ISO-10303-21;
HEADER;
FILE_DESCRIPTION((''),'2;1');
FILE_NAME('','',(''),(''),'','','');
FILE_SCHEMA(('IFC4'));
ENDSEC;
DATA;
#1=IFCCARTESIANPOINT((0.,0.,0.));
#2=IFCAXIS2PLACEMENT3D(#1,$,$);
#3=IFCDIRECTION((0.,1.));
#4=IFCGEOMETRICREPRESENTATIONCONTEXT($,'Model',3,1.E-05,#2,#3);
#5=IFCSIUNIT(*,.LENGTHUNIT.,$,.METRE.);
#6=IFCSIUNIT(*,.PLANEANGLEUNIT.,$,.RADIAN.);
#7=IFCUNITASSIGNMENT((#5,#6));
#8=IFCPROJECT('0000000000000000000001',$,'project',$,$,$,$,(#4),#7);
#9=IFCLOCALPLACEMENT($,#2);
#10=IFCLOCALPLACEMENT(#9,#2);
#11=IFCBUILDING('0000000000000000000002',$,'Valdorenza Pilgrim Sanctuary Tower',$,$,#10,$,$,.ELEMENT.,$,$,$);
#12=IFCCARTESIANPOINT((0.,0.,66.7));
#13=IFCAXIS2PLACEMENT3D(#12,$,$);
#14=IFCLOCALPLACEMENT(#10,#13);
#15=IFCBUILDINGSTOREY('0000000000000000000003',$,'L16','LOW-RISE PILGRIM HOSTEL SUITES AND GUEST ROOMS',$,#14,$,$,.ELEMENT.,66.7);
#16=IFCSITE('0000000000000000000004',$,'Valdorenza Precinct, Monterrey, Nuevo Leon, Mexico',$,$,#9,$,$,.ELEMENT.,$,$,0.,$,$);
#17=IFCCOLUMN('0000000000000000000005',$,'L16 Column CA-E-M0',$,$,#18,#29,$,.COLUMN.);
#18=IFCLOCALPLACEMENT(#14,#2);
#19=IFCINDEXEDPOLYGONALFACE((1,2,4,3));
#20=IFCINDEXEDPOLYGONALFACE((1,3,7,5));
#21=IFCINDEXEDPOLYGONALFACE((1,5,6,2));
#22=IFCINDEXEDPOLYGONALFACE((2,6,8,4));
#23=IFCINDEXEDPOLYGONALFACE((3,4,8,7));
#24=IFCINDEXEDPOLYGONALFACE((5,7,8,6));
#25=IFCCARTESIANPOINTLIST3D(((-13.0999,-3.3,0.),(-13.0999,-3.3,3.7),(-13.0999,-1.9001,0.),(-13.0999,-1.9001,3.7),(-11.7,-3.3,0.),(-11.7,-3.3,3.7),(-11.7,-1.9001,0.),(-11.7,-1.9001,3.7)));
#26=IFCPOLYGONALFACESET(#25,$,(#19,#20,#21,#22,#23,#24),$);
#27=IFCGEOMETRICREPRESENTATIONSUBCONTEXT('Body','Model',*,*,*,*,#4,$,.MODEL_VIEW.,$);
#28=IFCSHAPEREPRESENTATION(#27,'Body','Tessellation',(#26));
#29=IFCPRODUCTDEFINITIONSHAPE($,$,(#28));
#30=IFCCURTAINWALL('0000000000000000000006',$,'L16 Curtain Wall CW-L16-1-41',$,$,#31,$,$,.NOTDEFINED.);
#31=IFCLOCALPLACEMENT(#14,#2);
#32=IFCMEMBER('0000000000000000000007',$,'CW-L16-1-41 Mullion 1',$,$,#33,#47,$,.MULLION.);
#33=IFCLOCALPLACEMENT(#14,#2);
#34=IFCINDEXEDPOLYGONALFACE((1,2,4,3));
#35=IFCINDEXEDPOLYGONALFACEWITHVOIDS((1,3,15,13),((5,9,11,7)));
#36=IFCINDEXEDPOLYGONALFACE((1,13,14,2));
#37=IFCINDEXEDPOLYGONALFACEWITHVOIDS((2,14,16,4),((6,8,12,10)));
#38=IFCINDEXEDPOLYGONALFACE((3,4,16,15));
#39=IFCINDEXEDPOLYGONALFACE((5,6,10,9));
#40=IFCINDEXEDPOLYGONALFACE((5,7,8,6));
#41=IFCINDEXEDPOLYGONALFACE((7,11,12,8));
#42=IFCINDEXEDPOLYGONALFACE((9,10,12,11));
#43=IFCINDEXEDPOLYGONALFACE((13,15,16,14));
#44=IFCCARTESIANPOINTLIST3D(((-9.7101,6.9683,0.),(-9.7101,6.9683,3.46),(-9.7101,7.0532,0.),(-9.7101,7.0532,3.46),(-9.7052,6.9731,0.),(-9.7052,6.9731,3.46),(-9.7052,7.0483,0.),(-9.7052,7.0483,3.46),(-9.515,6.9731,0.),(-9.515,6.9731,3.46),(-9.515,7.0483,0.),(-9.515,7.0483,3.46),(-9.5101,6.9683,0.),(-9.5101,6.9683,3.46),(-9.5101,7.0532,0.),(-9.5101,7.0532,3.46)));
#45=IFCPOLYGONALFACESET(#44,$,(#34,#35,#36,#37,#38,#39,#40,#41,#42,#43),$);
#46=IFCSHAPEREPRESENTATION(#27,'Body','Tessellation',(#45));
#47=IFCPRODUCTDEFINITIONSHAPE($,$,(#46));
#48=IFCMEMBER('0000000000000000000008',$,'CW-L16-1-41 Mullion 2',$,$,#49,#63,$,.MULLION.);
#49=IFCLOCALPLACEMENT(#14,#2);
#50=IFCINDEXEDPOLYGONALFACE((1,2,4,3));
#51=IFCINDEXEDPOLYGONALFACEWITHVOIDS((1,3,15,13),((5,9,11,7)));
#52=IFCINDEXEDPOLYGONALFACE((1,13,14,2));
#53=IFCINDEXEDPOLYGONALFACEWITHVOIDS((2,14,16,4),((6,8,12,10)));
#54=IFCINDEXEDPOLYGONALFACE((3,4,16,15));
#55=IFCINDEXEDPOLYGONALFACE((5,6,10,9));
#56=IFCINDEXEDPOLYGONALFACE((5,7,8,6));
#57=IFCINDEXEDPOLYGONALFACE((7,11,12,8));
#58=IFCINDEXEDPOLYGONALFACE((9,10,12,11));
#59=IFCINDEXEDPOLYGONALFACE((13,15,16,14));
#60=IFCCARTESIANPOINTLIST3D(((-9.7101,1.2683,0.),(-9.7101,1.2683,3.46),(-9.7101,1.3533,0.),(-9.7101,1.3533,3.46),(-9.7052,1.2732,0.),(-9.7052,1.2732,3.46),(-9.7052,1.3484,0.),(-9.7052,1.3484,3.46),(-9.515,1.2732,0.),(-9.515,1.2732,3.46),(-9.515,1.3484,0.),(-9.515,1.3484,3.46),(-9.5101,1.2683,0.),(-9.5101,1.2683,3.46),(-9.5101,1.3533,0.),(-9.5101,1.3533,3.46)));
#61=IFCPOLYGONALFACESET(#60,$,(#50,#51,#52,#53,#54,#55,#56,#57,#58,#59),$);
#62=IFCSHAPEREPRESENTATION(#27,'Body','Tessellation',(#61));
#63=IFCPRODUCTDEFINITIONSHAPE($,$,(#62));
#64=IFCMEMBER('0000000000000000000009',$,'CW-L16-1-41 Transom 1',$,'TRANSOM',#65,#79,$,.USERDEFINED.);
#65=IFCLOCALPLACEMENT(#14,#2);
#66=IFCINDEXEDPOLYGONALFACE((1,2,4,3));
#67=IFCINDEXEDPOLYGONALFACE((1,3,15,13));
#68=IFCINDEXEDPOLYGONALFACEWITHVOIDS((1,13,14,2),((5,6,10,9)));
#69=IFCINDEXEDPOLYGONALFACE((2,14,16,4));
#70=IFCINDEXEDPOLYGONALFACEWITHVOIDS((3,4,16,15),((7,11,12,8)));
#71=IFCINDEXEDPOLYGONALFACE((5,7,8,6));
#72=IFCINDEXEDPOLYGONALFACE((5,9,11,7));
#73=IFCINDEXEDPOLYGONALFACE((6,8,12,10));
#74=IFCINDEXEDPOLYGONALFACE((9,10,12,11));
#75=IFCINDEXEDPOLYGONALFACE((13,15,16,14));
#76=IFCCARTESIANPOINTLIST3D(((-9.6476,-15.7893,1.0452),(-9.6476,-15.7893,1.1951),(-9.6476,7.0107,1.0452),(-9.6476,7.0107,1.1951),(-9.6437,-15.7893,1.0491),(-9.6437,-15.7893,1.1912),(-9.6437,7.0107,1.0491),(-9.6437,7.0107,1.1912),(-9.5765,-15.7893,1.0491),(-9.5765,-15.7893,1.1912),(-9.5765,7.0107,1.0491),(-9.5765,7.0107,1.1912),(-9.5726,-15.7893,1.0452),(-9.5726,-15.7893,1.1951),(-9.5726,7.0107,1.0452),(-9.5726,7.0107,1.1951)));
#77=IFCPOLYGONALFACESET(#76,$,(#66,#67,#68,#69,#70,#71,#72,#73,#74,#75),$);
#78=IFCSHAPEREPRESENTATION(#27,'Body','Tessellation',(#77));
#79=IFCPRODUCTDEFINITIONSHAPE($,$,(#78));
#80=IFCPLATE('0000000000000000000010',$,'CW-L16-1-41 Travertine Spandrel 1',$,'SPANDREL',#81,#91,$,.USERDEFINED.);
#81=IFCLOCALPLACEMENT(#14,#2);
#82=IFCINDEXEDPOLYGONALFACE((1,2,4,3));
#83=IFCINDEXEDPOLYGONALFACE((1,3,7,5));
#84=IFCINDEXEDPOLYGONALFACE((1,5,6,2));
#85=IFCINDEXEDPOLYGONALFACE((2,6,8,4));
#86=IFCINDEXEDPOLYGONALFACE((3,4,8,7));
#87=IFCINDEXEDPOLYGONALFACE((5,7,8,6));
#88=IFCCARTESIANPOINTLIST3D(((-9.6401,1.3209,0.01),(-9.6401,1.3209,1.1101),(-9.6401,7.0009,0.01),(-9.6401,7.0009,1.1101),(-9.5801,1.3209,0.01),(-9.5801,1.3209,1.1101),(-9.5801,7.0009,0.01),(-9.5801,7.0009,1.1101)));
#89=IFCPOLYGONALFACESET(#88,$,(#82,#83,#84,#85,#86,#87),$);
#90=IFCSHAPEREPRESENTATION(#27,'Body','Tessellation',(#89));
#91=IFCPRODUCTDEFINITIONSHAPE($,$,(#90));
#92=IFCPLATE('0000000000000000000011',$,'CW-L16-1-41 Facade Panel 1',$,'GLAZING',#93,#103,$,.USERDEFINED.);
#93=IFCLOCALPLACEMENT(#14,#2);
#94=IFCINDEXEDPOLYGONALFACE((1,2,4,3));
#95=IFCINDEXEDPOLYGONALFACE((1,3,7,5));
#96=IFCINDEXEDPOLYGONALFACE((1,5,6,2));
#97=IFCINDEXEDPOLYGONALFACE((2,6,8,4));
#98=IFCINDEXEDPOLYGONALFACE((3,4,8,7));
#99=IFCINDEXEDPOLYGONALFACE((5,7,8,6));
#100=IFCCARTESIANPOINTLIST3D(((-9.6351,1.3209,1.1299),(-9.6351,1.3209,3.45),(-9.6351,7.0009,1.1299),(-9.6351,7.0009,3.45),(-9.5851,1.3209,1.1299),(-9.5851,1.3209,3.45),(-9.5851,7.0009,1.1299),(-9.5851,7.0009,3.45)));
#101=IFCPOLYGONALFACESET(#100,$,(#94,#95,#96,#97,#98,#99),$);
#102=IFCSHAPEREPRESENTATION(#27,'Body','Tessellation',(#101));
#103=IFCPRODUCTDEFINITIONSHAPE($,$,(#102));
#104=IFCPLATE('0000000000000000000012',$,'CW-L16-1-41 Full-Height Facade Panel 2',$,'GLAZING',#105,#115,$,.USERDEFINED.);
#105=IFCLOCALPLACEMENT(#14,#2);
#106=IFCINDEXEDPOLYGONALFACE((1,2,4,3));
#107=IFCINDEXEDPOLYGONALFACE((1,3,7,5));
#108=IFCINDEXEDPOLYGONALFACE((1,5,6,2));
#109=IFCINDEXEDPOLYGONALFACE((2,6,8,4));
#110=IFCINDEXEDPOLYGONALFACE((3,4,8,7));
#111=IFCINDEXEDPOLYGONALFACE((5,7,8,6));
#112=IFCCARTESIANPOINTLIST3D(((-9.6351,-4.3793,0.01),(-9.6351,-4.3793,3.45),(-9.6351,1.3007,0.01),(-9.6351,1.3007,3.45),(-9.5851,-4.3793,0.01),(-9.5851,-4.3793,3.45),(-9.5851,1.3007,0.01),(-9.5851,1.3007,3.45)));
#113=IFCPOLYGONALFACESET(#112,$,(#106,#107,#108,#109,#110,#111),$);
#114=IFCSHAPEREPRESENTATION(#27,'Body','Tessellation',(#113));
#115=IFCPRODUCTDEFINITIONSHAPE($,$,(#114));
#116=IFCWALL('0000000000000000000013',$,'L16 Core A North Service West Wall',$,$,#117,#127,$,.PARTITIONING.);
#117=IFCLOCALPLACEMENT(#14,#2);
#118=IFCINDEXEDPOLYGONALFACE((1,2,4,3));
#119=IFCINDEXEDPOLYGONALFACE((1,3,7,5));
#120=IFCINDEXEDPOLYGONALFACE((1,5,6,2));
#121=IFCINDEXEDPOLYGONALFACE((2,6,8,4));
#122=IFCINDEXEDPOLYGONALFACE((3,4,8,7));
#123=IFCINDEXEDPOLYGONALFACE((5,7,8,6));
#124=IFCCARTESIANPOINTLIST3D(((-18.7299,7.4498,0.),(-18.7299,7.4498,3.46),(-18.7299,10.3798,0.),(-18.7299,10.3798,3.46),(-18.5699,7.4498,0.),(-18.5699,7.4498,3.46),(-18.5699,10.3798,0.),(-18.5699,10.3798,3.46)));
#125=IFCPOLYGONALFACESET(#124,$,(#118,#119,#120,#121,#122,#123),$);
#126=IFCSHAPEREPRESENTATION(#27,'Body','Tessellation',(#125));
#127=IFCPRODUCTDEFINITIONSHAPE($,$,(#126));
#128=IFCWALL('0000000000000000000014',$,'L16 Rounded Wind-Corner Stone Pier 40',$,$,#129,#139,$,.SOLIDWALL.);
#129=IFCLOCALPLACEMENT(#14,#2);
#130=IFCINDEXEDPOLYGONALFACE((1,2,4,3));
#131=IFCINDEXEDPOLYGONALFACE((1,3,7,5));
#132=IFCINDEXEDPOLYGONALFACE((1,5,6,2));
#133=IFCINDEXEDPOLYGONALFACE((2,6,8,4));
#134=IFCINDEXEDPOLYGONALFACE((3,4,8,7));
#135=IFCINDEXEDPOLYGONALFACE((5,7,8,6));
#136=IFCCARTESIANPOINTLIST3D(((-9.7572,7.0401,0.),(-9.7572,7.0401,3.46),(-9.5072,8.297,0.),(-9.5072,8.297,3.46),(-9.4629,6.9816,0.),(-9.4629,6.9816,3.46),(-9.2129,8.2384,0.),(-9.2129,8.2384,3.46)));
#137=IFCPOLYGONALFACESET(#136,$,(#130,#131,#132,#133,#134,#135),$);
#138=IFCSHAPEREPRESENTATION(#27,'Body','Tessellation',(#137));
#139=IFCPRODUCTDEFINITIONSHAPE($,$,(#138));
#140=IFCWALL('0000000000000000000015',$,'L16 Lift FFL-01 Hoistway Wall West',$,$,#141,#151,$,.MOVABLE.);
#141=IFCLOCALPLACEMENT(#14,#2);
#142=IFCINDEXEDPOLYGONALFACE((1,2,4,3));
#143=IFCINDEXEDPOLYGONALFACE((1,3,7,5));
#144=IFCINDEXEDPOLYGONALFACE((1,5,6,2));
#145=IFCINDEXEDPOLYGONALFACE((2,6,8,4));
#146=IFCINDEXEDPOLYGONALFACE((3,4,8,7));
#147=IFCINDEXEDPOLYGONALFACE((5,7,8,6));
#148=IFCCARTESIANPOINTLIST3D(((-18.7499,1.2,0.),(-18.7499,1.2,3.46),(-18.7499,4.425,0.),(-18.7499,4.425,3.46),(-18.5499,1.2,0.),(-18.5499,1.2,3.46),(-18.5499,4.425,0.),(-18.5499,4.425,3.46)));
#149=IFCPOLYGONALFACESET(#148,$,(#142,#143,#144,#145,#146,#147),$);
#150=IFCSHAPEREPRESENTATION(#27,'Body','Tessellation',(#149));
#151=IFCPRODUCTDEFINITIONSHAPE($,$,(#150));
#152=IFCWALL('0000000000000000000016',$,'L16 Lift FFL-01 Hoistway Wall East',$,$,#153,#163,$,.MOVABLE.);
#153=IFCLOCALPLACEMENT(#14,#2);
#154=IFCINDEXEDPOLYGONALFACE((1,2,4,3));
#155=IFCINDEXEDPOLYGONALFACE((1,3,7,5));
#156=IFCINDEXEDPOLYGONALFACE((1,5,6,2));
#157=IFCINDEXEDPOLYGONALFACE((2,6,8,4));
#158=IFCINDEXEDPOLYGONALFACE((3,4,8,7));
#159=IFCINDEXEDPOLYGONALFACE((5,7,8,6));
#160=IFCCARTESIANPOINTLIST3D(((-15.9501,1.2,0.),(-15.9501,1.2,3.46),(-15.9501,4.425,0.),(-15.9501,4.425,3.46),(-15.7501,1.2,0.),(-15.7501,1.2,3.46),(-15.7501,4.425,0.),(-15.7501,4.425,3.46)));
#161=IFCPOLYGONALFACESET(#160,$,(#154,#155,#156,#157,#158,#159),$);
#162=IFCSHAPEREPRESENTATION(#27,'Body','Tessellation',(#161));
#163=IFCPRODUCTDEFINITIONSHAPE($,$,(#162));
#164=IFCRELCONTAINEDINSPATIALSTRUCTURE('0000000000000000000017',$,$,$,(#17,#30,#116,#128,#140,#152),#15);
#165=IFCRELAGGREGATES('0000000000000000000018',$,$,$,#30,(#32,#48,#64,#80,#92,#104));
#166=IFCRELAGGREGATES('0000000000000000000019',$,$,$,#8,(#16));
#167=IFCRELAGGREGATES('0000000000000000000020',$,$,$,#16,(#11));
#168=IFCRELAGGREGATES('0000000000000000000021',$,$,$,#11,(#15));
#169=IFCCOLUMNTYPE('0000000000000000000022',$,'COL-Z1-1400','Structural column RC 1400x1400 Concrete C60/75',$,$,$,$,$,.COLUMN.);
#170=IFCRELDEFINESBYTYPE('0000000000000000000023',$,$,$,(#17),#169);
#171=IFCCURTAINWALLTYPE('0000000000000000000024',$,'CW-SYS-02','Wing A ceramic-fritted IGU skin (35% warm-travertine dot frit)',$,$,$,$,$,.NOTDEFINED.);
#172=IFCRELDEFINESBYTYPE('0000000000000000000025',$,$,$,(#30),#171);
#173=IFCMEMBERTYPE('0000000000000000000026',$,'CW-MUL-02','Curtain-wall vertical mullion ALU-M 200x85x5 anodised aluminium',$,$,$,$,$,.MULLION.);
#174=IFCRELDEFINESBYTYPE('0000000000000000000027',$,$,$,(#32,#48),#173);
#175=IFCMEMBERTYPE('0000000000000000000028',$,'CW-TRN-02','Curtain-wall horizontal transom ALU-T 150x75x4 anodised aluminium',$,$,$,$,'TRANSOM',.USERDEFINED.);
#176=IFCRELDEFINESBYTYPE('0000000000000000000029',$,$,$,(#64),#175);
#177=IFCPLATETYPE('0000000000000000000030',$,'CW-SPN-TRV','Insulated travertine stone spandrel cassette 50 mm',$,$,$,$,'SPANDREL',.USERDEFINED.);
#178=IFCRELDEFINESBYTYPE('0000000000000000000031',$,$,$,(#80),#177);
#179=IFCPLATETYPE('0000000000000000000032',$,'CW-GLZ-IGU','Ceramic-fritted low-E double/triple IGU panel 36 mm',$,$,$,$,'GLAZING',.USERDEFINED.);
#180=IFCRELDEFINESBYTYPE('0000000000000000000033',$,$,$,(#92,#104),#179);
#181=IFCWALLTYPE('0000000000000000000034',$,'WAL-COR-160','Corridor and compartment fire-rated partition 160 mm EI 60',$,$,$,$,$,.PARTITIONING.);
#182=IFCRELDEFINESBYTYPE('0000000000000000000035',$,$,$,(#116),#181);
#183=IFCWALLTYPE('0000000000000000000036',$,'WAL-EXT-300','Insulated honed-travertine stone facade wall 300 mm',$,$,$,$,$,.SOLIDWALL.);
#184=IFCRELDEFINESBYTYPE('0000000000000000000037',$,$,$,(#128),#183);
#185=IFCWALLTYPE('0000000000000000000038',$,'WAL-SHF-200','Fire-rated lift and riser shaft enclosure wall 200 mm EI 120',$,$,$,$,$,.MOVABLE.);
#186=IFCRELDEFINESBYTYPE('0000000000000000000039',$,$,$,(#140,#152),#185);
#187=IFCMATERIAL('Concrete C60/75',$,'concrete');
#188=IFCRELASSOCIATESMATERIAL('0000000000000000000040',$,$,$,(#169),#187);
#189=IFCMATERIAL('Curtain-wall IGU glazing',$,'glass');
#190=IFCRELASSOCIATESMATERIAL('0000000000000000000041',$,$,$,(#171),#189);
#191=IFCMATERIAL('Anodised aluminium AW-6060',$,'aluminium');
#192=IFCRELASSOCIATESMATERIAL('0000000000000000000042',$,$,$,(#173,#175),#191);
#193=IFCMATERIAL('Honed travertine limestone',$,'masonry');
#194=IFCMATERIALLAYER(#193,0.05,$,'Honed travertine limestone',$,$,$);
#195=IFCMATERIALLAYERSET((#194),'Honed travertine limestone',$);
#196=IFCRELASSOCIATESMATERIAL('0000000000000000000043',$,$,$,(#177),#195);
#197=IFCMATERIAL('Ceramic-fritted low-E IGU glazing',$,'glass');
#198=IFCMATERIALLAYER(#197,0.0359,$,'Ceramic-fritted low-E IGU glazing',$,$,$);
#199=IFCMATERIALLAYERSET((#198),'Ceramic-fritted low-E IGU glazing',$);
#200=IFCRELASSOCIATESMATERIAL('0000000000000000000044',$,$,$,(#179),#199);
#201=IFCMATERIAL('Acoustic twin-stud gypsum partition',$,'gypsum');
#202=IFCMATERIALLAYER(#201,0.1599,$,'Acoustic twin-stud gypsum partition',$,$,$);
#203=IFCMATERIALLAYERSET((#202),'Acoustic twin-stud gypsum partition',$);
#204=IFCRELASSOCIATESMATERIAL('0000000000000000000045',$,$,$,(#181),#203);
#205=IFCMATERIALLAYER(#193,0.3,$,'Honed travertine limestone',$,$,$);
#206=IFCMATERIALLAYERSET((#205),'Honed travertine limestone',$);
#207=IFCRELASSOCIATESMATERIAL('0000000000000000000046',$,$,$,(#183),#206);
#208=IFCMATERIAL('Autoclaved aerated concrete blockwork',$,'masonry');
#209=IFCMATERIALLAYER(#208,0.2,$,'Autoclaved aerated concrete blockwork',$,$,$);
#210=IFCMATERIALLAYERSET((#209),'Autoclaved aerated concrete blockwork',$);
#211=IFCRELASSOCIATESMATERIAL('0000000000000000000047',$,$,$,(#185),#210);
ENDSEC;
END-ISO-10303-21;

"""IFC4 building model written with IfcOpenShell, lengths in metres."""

from ifc_helpers import new_model, si_unit, direction, frame, frame_2d, origin, origin_2d, place, context, subcontext, project, spatial, rectangle, hollow_rectangle, extrude, source, transform, mapped, material, layer, layer_set, material_profile, profile_set, type_object, element, aggregate, save


model = new_model("IFC4")

# Units and contexts
model_context = context("Model", 3, precision=1e-05, world=origin(), true_north=direction((0.0, 1.0)))
body_context = subcontext(model_context, "Body", "Model", "MODEL_VIEW")
ifc_project = project(units=[si_unit("LENGTHUNIT", "METRE"), si_unit("PLANEANGLEUNIT", "RADIAN")], contexts=[model_context])

# Site, building, storey
site_placement = place(None, origin())
site = spatial("IfcSite", under=ifc_project, at=site_placement, Name="Valdorenza Precinct, Monterrey, Nuevo Leon, Mexico", CompositionType="ELEMENT", RefElevation=0.0)
building_placement = place(site_placement, origin())
building = spatial("IfcBuilding", under=site, at=building_placement, Name="Valdorenza Pilgrim Sanctuary Tower", CompositionType="ELEMENT")
storey_placement = place(building_placement, frame((0.0, 0.0, 66.7)))
storey = spatial("IfcBuildingStorey", under=building, at=storey_placement, Name="L16", Description="LOW-RISE PILGRIM HOSTEL SUITES AND GUEST ROOMS", CompositionType="ELEMENT", Elevation=66.7)

# Column
ifc_material_1 = material(Name="Concrete C60/75", Category="concrete")
ifc_material_profile_1 = material_profile(ifc_material_1, rectangle(XDim=1.3999, YDim=1.3999, at=origin_2d()), Name="RC 1400x1400")
ifc_profile_set_1 = profile_set([ifc_material_profile_1], Name="Concrete C60/75")
column_type = type_object("IfcColumnType", Name="COL-Z1-1400", Description="Structural column RC 1400x1400 Concrete C60/75", PredefinedType="COLUMN", material=ifc_profile_set_1)
shared_shape_1 = source(origin(), body_context, "Body", "SweptSolid", [
    extrude(rectangle(XDim=1.3999, YDim=1.3999, at=origin_2d()), origin(), (0.0, 0.0, 1.0), 3.7),
])
column_placement = place(storey_placement, frame((-12.3999, -2.6001, 0.0), z_axis=(0.0, 0.0, 1.0), x_axis=(1.0, 0.0, 0.0)))
element("IfcColumn", 1, at=column_placement, inside=storey, type_object=column_type, Name="L16 Column CA-E-M0", PredefinedType="COLUMN", context=body_context, shape_type="MappedRepresentation", body=[
    mapped(shared_shape_1, transform((0.0, 0.0, 0.0), x_axis=(1.0, 0.0, 0.0), y_axis=(0.0, 1.0, 0.0), z_axis=(0.0, 0.0, 1.0), scale=1.0)),
])

# Curtain wall, members, plates
ifc_material_2 = material(Name="Curtain-wall IGU glazing", Category="glass")
curtain_wall_type = type_object("IfcCurtainWallType", Name="CW-SYS-02", Description="Wing A ceramic-fritted IGU skin (35% warm-travertine dot frit)", PredefinedType="NOTDEFINED", material=ifc_material_2)
curtain_wall_placement = place(storey_placement, origin())
curtain_wall = element("IfcCurtainWall", 2, at=curtain_wall_placement, inside=storey, type_object=curtain_wall_type, Name="L16 Curtain Wall CW-L16-1-41", PredefinedType="NOTDEFINED")
ifc_material_3 = material(Name="Anodised aluminium AW-6060", Category="aluminium")
ifc_material_profile_2 = material_profile(ifc_material_3, hollow_rectangle(XDim=0.085, YDim=0.2, WallThickness=0.0049, at=origin_2d()), Name="ALU-M 200x85x5")
ifc_profile_set_2 = profile_set([ifc_material_profile_2], Name="Anodised aluminium AW-6060")
member_type_1 = type_object("IfcMemberType", Name="CW-MUL-02", Description="Curtain-wall vertical mullion ALU-M 200x85x5 anodised aluminium", PredefinedType="MULLION", material=ifc_profile_set_2)
shared_shape_2 = source(origin(), body_context, "Body", "SweptSolid", [
    extrude(hollow_rectangle(XDim=0.085, YDim=0.2, WallThickness=0.0049, at=origin_2d()), origin(), (0.0, 0.0, 1.0), 3.46),
])
member_1_placement = place(storey_placement, frame((-9.6101, 7.0107, 0.0), z_axis=(0.0, 0.0, 1.0), x_axis=(0.0, -1.0, 0.0)))
member_1 = element("IfcMember", 3, at=member_1_placement, type_object=member_type_1, Name="CW-L16-1-41 Mullion 1", PredefinedType="MULLION", context=body_context, shape_type="MappedRepresentation", body=[
    mapped(shared_shape_2, transform((0.0, 0.0, 0.0), x_axis=(1.0, 0.0, 0.0), y_axis=(0.0, 1.0, 0.0), z_axis=(0.0, 0.0, 1.0), scale=1.0)),
])
member_2_placement = place(storey_placement, frame((-9.6101, 1.3108, 0.0), z_axis=(0.0, 0.0, 1.0), x_axis=(0.0, -1.0, 0.0)))
member_2 = element("IfcMember", 4, at=member_2_placement, type_object=member_type_1, Name="CW-L16-1-41 Mullion 2", PredefinedType="MULLION", context=body_context, shape_type="MappedRepresentation", body=[
    mapped(shared_shape_2, transform((0.0, 0.0, 0.0), x_axis=(1.0, 0.0, 0.0), y_axis=(0.0, 1.0, 0.0), z_axis=(0.0, 0.0, 1.0), scale=1.0)),
])
ifc_material_profile_3 = material_profile(ifc_material_3, hollow_rectangle(XDim=0.075, YDim=0.1499, WallThickness=0.0039, at=origin_2d()), Name="ALU-T 150x75x4")
ifc_profile_set_3 = profile_set([ifc_material_profile_3], Name="Anodised aluminium AW-6060")
member_type_2 = type_object("IfcMemberType", Name="CW-TRN-02", Description="Curtain-wall horizontal transom ALU-T 150x75x4 anodised aluminium", ElementType="TRANSOM", PredefinedType="USERDEFINED", material=ifc_profile_set_3)
shared_shape_3 = source(origin(), body_context, "Body", "SweptSolid", [
    extrude(hollow_rectangle(XDim=0.075, YDim=0.1499, WallThickness=0.0039, at=origin_2d()), origin(), (0.0, 0.0, 1.0), 22.8),
])
member_3_placement = place(storey_placement, frame((-9.6101, 7.0107, 1.1201), z_axis=(0.0, -1.0, 0.0), x_axis=(1.0, 0.0, 0.0)))
member_3 = element("IfcMember", 5, at=member_3_placement, type_object=member_type_2, Name="CW-L16-1-41 Transom 1", ObjectType="TRANSOM", PredefinedType="USERDEFINED", context=body_context, shape_type="MappedRepresentation", body=[
    mapped(shared_shape_3, transform((0.0, 0.0, 0.0), x_axis=(1.0, 0.0, 0.0), y_axis=(0.0, 1.0, 0.0), z_axis=(0.0, 0.0, 1.0), scale=1.0)),
])
ifc_material_4 = material(Name="Honed travertine limestone", Category="masonry")
ifc_layer_1 = layer(ifc_material_4, 0.05, Name="Honed travertine limestone")
ifc_layer_set_1 = layer_set([ifc_layer_1], Name="Honed travertine limestone")
plate_type_1 = type_object("IfcPlateType", Name="CW-SPN-TRV", Description="Insulated travertine stone spandrel cassette 50 mm", ElementType="SPANDREL", PredefinedType="USERDEFINED", material=ifc_layer_set_1)
shared_shape_4 = source(origin(), body_context, "Body", "SweptSolid", [
    extrude(rectangle(XDim=5.6799, YDim=0.0601, at=origin_2d()), origin(), (0.0, 0.0, 1.0), 1.1001),
])
plate_1_placement = place(storey_placement, frame((-9.6101, 4.1609, 0.01), z_axis=(0.0, 0.0, 1.0), x_axis=(0.0, -1.0, 0.0)))
plate_1 = element("IfcPlate", 6, at=plate_1_placement, type_object=plate_type_1, Name="CW-L16-1-41 Travertine Spandrel 1", ObjectType="SPANDREL", PredefinedType="USERDEFINED", context=body_context, shape_type="MappedRepresentation", body=[
    mapped(shared_shape_4, transform((0.0, 0.0, 0.0), x_axis=(1.0, 0.0, 0.0), y_axis=(0.0, 1.0, 0.0), z_axis=(0.0, 0.0, 1.0), scale=1.0)),
])
ifc_material_5 = material(Name="Ceramic-fritted low-E IGU glazing", Category="glass")
ifc_layer_2 = layer(ifc_material_5, 0.0359, Name="Ceramic-fritted low-E IGU glazing")
ifc_layer_set_2 = layer_set([ifc_layer_2], Name="Ceramic-fritted low-E IGU glazing")
plate_type_2 = type_object("IfcPlateType", Name="CW-GLZ-IGU", Description="Ceramic-fritted low-E double/triple IGU panel 36 mm", ElementType="GLAZING", PredefinedType="USERDEFINED", material=ifc_layer_set_2)
shared_shape_5 = source(origin(), body_context, "Body", "SweptSolid", [
    extrude(rectangle(XDim=5.6799, YDim=0.05, at=origin_2d()), origin(), (0.0, 0.0, 1.0), 2.3201),
])
plate_2_placement = place(storey_placement, frame((-9.6101, 4.1609, 1.1299), z_axis=(0.0, 0.0, 1.0), x_axis=(0.0, -1.0, 0.0)))
plate_2 = element("IfcPlate", 7, at=plate_2_placement, type_object=plate_type_2, Name="CW-L16-1-41 Facade Panel 1", ObjectType="GLAZING", PredefinedType="USERDEFINED", context=body_context, shape_type="MappedRepresentation", body=[
    mapped(shared_shape_5, transform((0.0, 0.0, 0.0), x_axis=(1.0, 0.0, 0.0), y_axis=(0.0, 1.0, 0.0), z_axis=(0.0, 0.0, 1.0), scale=1.0)),
])
shared_shape_6 = source(origin(), body_context, "Body", "SweptSolid", [
    extrude(rectangle(XDim=5.6799, YDim=0.05, at=origin_2d()), origin(), (0.0, 0.0, 1.0), 3.4399),
])
plate_3_placement = place(storey_placement, frame((-9.6101, -1.5393, 0.01), z_axis=(0.0, 0.0, 1.0), x_axis=(0.0, -1.0, 0.0)))
plate_3 = element("IfcPlate", 8, at=plate_3_placement, type_object=plate_type_2, Name="CW-L16-1-41 Full-Height Facade Panel 2", ObjectType="GLAZING", PredefinedType="USERDEFINED", context=body_context, shape_type="MappedRepresentation", body=[
    mapped(shared_shape_6, transform((0.0, 0.0, 0.0), x_axis=(1.0, 0.0, 0.0), y_axis=(0.0, 1.0, 0.0), z_axis=(0.0, 0.0, 1.0), scale=1.0)),
])
aggregate(curtain_wall, [member_1, member_2, member_3, plate_1, plate_2, plate_3])

# Walls
ifc_material_6 = material(Name="Acoustic twin-stud gypsum partition", Category="gypsum")
ifc_layer_3 = layer(ifc_material_6, 0.1599, Name="Acoustic twin-stud gypsum partition")
ifc_layer_set_3 = layer_set([ifc_layer_3], Name="Acoustic twin-stud gypsum partition")
wall_type_1 = type_object("IfcWallType", Name="WAL-COR-160", Description="Corridor and compartment fire-rated partition 160 mm EI 60", PredefinedType="PARTITIONING", material=ifc_layer_set_3)
wall_1_placement = place(storey_placement, frame((-18.6499, 7.45, 0.0), z_axis=(0.0, 0.0, 1.0), x_axis=(0.0, 1.0, 0.0)))
element("IfcWall", 9, at=wall_1_placement, inside=storey, type_object=wall_type_1, Name="L16 Core A North Service West Wall", PredefinedType="PARTITIONING", context=body_context, shape_type="SweptSolid", body=[
    extrude(rectangle(XDim=2.9299, YDim=0.1599, at=frame_2d((1.4648, 0.0))), origin(), (0.0, 0.0, 1.0), 3.46),
])
ifc_layer_4 = layer(ifc_material_4, 0.3, Name="Honed travertine limestone")
ifc_layer_set_4 = layer_set([ifc_layer_4], Name="Honed travertine limestone")
wall_type_2 = type_object("IfcWallType", Name="WAL-EXT-300", Description="Insulated honed-travertine stone facade wall 300 mm", PredefinedType="SOLIDWALL", material=ifc_layer_set_4)
wall_2_placement = place(storey_placement, frame((-9.3601, 8.2676, 0.0), z_axis=(0.0, 0.0, 1.0), x_axis=(-0.19509, -0.980785, 0.0)))
element("IfcWall", 10, at=wall_2_placement, inside=storey, type_object=wall_type_2, Name="L16 Rounded Wind-Corner Stone Pier 40", PredefinedType="SOLIDWALL", context=body_context, shape_type="SweptSolid", body=[
    extrude(rectangle(XDim=1.2815, YDim=0.3, at=frame_2d((0.6406, 0.0))), origin(), (0.0, 0.0, 1.0), 3.46),
])

# Walls
ifc_material_7 = material(Name="Autoclaved aerated concrete blockwork", Category="masonry")
ifc_layer_5 = layer(ifc_material_7, 0.2, Name="Autoclaved aerated concrete blockwork")
ifc_layer_set_5 = layer_set([ifc_layer_5], Name="Autoclaved aerated concrete blockwork")
wall_type_3 = type_object("IfcWallType", Name="WAL-SHF-200", Description="Fire-rated lift and riser shaft enclosure wall 200 mm EI 120", PredefinedType="MOVABLE", material=ifc_layer_set_5)
for number, where, z_axis, x_axis, name in (
    (11, (-18.6499, 1.2, 0.0), (0.0, 0.0, 1.0), (0.0, 1.0, 0.0), "L16 Lift FFL-01 Hoistway Wall West"),
    (12, (-15.8501, 1.2, 0.0), (0.0, 0.0, 1.0), (0.0, 1.0, 0.0), "L16 Lift FFL-01 Hoistway Wall East"),
):
    element("IfcWall", number, at=place(storey_placement, frame(where, z_axis=z_axis, x_axis=x_axis)), inside=storey, type_object=wall_type_3, Name=name, PredefinedType="MOVABLE", context=body_context, shape_type="SweptSolid", body=[
        extrude(rectangle(XDim=3.2251, YDim=0.2, at=frame_2d((1.6125, 0.0))), origin(), (0.0, 0.0, 1.0), 3.46),
    ])

save(model, "model.ifc")
